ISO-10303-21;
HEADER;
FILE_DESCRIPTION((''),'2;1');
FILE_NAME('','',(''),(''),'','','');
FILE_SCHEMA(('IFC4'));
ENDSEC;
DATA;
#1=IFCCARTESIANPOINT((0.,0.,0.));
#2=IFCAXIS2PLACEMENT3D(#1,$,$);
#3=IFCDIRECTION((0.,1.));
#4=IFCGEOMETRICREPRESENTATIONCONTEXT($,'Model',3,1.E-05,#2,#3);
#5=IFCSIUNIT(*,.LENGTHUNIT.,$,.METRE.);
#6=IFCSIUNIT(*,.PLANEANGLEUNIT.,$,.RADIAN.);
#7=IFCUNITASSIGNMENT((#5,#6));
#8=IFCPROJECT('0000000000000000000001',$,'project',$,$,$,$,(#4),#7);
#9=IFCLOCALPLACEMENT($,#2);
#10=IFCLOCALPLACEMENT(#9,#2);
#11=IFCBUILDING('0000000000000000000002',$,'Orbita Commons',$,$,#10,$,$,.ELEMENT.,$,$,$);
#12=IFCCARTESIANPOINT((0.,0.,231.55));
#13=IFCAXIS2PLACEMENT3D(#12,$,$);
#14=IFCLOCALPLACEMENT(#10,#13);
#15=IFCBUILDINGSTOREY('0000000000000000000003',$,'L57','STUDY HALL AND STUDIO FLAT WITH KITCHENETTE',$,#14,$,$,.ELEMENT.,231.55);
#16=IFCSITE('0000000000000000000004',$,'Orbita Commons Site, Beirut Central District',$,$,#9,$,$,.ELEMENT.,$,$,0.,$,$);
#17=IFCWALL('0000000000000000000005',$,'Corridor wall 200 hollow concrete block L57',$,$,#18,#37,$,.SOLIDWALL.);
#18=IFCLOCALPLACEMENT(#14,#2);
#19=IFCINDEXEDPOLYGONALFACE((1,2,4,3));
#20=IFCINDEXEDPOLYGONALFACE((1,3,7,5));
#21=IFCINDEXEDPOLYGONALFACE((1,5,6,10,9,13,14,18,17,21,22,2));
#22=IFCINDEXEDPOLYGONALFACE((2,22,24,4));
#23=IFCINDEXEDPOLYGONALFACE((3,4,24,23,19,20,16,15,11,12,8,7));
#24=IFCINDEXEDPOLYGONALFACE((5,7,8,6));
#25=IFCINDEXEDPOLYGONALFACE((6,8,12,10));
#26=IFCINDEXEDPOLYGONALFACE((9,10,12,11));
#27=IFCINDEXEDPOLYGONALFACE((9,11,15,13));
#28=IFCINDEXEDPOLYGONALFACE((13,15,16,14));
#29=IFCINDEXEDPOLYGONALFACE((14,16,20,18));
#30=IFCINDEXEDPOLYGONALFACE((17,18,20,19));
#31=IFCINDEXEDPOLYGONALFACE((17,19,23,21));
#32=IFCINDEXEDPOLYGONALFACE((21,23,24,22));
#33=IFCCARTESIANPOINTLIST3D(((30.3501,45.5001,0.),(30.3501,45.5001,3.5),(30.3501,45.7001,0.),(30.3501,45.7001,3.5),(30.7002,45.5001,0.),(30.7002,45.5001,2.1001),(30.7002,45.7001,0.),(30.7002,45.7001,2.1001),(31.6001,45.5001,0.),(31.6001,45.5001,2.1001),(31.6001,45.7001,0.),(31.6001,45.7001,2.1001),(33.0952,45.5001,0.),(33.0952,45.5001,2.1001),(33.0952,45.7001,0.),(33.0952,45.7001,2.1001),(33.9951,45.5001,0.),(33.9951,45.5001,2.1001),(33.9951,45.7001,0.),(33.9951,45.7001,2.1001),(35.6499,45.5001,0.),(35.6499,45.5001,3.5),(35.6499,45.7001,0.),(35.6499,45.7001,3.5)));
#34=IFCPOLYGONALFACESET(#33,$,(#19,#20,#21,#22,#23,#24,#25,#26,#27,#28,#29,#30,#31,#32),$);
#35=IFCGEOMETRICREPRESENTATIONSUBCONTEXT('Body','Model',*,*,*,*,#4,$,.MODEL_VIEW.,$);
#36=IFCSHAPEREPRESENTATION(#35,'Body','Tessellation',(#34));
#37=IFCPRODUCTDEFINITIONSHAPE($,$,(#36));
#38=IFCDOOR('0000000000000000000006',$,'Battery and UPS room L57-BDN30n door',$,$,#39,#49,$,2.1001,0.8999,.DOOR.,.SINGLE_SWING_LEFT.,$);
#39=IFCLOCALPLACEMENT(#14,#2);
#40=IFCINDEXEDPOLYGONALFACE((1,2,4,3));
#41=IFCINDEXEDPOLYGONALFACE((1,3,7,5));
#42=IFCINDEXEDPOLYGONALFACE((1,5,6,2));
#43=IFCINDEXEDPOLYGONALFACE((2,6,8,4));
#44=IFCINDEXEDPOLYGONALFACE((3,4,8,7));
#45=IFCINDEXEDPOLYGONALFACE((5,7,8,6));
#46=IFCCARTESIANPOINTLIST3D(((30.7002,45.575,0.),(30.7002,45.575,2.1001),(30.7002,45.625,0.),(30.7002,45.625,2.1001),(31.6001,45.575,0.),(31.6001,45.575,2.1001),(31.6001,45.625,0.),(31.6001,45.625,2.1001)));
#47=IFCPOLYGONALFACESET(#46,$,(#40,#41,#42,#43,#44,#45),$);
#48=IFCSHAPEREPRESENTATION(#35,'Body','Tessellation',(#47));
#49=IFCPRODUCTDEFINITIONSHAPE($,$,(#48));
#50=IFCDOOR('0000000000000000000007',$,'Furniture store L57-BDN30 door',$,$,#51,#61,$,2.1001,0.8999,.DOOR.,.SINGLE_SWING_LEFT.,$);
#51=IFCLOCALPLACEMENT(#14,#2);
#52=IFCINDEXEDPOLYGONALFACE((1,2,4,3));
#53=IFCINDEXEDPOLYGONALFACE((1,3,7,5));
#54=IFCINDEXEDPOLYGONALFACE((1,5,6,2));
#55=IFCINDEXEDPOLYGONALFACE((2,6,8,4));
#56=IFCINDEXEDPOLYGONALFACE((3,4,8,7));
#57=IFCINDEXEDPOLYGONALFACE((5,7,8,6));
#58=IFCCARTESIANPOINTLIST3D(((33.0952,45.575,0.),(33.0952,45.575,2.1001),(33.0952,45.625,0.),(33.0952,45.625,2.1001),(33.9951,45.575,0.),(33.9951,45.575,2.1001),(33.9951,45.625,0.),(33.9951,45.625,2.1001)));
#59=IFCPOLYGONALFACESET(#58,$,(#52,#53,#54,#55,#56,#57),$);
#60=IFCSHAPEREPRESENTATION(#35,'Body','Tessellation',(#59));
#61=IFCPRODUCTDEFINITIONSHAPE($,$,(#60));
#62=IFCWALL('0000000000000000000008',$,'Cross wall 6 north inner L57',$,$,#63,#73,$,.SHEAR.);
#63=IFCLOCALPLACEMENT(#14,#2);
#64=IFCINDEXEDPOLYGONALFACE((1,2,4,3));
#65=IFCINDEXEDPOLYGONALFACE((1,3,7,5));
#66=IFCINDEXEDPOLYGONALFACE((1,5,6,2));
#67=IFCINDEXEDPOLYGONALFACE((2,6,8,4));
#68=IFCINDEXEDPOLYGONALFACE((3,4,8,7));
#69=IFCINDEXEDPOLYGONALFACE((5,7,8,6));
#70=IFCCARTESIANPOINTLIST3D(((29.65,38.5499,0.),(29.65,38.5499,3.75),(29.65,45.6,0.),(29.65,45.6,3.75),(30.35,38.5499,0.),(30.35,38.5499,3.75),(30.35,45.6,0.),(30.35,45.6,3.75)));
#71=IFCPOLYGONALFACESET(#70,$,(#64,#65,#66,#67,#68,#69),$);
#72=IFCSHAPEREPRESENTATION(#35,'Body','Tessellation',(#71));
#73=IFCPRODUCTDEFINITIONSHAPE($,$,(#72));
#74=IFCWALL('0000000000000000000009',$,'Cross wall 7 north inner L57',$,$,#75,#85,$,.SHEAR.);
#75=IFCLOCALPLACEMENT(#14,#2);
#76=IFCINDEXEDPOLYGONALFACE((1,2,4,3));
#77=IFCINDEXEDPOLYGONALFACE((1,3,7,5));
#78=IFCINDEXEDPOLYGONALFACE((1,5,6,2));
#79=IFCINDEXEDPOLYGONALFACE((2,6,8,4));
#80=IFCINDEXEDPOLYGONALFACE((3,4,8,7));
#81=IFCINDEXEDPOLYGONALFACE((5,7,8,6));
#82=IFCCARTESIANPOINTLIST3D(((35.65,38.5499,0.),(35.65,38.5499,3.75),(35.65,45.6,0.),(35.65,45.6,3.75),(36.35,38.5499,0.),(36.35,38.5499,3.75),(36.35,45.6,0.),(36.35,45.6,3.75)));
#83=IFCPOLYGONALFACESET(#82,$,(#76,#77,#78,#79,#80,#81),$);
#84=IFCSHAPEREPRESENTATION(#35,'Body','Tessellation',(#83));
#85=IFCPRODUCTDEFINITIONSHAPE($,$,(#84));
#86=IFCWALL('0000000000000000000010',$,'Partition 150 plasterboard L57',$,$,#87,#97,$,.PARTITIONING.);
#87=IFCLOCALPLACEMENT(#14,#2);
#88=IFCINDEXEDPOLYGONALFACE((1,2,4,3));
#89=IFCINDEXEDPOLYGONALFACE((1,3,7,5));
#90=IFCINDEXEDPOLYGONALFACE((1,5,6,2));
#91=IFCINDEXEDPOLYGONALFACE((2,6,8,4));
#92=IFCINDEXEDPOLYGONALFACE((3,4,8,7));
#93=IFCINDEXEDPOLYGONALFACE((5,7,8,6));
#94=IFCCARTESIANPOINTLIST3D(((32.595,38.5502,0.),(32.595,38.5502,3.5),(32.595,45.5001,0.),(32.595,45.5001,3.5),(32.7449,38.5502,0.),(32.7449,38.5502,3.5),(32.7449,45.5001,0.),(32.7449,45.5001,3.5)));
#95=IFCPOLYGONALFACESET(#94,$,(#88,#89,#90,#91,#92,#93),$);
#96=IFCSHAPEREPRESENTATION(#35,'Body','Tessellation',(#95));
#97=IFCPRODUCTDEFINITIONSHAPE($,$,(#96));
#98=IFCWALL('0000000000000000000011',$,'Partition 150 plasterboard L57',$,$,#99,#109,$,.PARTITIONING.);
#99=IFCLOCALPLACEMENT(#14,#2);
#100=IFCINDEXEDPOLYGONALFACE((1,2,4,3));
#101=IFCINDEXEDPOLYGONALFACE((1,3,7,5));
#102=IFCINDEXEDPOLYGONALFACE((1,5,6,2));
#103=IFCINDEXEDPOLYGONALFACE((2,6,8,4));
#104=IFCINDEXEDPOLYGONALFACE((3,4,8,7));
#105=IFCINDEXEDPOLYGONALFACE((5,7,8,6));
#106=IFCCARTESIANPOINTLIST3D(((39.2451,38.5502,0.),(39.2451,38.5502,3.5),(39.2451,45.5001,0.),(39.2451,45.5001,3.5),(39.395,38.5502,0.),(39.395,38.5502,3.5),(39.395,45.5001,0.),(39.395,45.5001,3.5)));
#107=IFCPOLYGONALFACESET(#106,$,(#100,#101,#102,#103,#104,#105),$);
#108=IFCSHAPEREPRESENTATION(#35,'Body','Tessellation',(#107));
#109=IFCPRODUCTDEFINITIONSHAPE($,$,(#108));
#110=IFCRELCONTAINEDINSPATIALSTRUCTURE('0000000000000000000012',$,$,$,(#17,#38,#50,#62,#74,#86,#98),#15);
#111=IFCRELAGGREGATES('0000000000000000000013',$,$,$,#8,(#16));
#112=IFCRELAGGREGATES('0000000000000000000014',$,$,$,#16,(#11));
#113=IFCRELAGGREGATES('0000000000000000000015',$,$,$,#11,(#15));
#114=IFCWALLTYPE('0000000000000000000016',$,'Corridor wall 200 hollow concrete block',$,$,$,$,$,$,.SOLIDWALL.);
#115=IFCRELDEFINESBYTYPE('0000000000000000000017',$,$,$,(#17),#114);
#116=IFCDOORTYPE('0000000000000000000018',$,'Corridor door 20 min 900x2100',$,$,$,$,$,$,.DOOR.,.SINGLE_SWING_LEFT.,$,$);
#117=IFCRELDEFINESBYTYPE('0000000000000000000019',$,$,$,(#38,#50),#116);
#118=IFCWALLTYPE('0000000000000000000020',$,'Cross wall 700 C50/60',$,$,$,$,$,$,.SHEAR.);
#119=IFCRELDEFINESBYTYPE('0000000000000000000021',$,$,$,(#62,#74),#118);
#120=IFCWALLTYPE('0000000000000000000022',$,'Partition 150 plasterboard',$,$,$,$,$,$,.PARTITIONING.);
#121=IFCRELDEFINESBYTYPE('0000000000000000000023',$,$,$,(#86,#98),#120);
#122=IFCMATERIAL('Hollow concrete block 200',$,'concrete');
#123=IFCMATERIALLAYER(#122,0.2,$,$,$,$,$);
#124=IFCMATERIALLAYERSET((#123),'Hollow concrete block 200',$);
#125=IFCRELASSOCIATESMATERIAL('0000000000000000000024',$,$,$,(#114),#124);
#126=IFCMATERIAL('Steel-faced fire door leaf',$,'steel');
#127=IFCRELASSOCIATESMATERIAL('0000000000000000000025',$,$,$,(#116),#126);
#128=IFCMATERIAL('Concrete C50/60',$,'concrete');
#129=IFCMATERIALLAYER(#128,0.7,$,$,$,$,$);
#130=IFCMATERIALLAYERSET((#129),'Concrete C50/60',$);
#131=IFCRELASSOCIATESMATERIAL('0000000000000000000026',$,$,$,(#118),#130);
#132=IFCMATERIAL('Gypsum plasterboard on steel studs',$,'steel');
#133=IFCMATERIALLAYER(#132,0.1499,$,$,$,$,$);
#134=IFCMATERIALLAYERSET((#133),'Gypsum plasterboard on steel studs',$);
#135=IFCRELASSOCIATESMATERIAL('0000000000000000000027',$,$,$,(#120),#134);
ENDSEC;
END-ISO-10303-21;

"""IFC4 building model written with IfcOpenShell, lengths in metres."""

from ifc_helpers import new_model, si_unit, direction, frame, frame_2d, origin, place, context, subcontext, project, spatial, rectangle, extrude, material, layer, layer_set, type_object, element, fill, save


model = new_model("IFC4")

# Units and contexts
model_context = context("Model", 3, precision=1e-05, world=origin(), true_north=direction((0.0, 1.0)))
body_context = subcontext(model_context, "Body", "Model", "MODEL_VIEW")
ifc_project = project(units=[si_unit("LENGTHUNIT", "METRE"), si_unit("PLANEANGLEUNIT", "RADIAN")], contexts=[model_context])

# Site, building, storey
site_placement = place(None, origin())
site = spatial("IfcSite", under=ifc_project, at=site_placement, Name="Orbita Commons Site, Beirut Central District", CompositionType="ELEMENT", RefElevation=0.0)
building_placement = place(site_placement, origin())
building = spatial("IfcBuilding", under=site, at=building_placement, Name="Orbita Commons", CompositionType="ELEMENT")
storey_placement = place(building_placement, frame((0.0, 0.0, 231.55)))
storey = spatial("IfcBuildingStorey", under=building, at=storey_placement, Name="L57", Description="STUDY HALL AND STUDIO FLAT WITH KITCHENETTE", CompositionType="ELEMENT", Elevation=231.55)

# Shared definitions
ifc_material_1 = material(Name="Hollow concrete block 200", Category="concrete")
ifc_layer_1 = layer(ifc_material_1, 0.2)
ifc_layer_set_1 = layer_set([ifc_layer_1], Name="Hollow concrete block 200")
wall_type_1 = type_object("IfcWallType", Name="Corridor wall 200 hollow concrete block", PredefinedType="SOLIDWALL", material=ifc_layer_set_1)

# Wall, openings, doors
wall_1_placement = place(storey_placement, frame((30.3501, 45.6001, 0.0), z_axis=(0.0, 0.0, 1.0), x_axis=(1.0, 0.0, 0.0)))
wall_1 = element("IfcWall", 1, at=wall_1_placement, inside=storey, type_object=wall_type_1, Name="Corridor wall 200 hollow concrete block L57", PredefinedType="SOLIDWALL", context=body_context, shape_type="SweptSolid", body=[
    extrude(rectangle(XDim=5.2998, YDim=0.2, at=frame_2d((2.6499, 0.0))), origin(), (0.0, 0.0, 1.0), 3.5),
])
opening_1_placement = place(wall_1_placement, frame((0.3501, 0.0, 0.0)))
opening_1 = element("IfcOpeningElement", 2, at=opening_1_placement, cuts=wall_1, PredefinedType="OPENING", context=body_context, shape_type="SweptSolid", body=[
    extrude(rectangle(XDim=0.8999, YDim=2.1001, at=frame_2d((0.45, 1.05))), frame((0.0, 0.1099, 0.0), z_axis=(0.0, -1.0, 0.0), x_axis=(1.0, 0.0, 0.0)), (0.0, 0.0, 1.0), 0.22),
])
opening_2_placement = place(wall_1_placement, frame((2.7451, 0.0, 0.0)))
opening_2 = element("IfcOpeningElement", 3, at=opening_2_placement, cuts=wall_1, PredefinedType="OPENING", context=body_context, shape_type="SweptSolid", body=[
    extrude(rectangle(XDim=0.8999, YDim=2.1001, at=frame_2d((0.45, 1.05))), frame((0.0, 0.1099, 0.0), z_axis=(0.0, -1.0, 0.0), x_axis=(1.0, 0.0, 0.0)), (0.0, 0.0, 1.0), 0.22),
])
ifc_material_2 = material(Name="Steel-faced fire door leaf", Category="steel")
door_type_1 = type_object("IfcDoorType", Name="Corridor door 20 min 900x2100", OperationType="SINGLE_SWING_LEFT", PredefinedType="DOOR", material=ifc_material_2)
door_1_placement = place(opening_1_placement, origin())
door_1 = element("IfcDoor", 4, at=door_1_placement, inside=storey, type_object=door_type_1, Name="Battery and UPS room L57-BDN30n door", OperationType="SINGLE_SWING_LEFT", OverallHeight=2.1001, OverallWidth=0.8999, PredefinedType="DOOR", context=body_context, shape_type="SweptSolid", body=[
    extrude(rectangle(XDim=0.8999, YDim=2.1001, at=frame_2d((0.45, 1.05))), frame((0.0, 0.0249, 0.0), z_axis=(0.0, -1.0, 0.0), x_axis=(1.0, 0.0, 0.0)), (0.0, 0.0, 1.0), 0.05),
])
fill(opening_1, door_1)
door_2_placement = place(opening_2_placement, origin())
door_2 = element("IfcDoor", 5, at=door_2_placement, inside=storey, type_object=door_type_1, Name="Furniture store L57-BDN30 door", OperationType="SINGLE_SWING_LEFT", OverallHeight=2.1001, OverallWidth=0.8999, PredefinedType="DOOR", context=body_context, shape_type="SweptSolid", body=[
    extrude(rectangle(XDim=0.8999, YDim=2.1001, at=frame_2d((0.45, 1.05))), frame((0.0, 0.0249, 0.0), z_axis=(0.0, -1.0, 0.0), x_axis=(1.0, 0.0, 0.0)), (0.0, 0.0, 1.0), 0.05),
])
fill(opening_2, door_2)

# Walls
ifc_material_3 = material(Name="Concrete C50/60", Category="concrete")
ifc_layer_2 = layer(ifc_material_3, 0.7)
ifc_layer_set_2 = layer_set([ifc_layer_2], Name="Concrete C50/60")
wall_type_2 = type_object("IfcWallType", Name="Cross wall 700 C50/60", PredefinedType="SHEAR", material=ifc_layer_set_2)
for number, where, z_axis, x_axis, name in (
    (6, (30.0, 38.55, 0.0), (0.0, 0.0, 1.0), (0.0, 1.0, 0.0), "Cross wall 6 north inner L57"),
    (7, (36.0, 38.55, 0.0), (0.0, 0.0, 1.0), (0.0, 1.0, 0.0), "Cross wall 7 north inner L57"),
):
    element("IfcWall", number, at=place(storey_placement, frame(where, z_axis=z_axis, x_axis=x_axis)), inside=storey, type_object=wall_type_2, Name=name, PredefinedType="SHEAR", context=body_context, shape_type="SweptSolid", body=[
        extrude(rectangle(XDim=7.05, YDim=0.7, at=frame_2d((3.5249, 0.0))), origin(), (0.0, 0.0, 1.0), 3.75),
    ])
ifc_material_4 = material(Name="Gypsum plasterboard on steel studs", Category="steel")
ifc_layer_3 = layer(ifc_material_4, 0.1499)
ifc_layer_set_3 = layer_set([ifc_layer_3], Name="Gypsum plasterboard on steel studs")
wall_type_3 = type_object("IfcWallType", Name="Partition 150 plasterboard", PredefinedType="PARTITIONING", material=ifc_layer_set_3)
for number, where, z_axis, x_axis, name in (
    (8, (32.6699, 38.55, 0.0), (0.0, 0.0, 1.0), (0.0, 1.0, 0.0), "Partition 150 plasterboard L57"),
    (9, (39.3201, 38.55, 0.0), (0.0, 0.0, 1.0), (0.0, 1.0, 0.0), "Partition 150 plasterboard L57"),
):
    element("IfcWall", number, at=place(storey_placement, frame(where, z_axis=z_axis, x_axis=x_axis)), inside=storey, type_object=wall_type_3, Name=name, PredefinedType="PARTITIONING", context=body_context, shape_type="SweptSolid", body=[
        extrude(rectangle(XDim=6.95, YDim=0.1499, at=frame_2d((3.4751, 0.0))), origin(), (0.0, 0.0, 1.0), 3.5),
    ])

save(model, "model.ifc")
